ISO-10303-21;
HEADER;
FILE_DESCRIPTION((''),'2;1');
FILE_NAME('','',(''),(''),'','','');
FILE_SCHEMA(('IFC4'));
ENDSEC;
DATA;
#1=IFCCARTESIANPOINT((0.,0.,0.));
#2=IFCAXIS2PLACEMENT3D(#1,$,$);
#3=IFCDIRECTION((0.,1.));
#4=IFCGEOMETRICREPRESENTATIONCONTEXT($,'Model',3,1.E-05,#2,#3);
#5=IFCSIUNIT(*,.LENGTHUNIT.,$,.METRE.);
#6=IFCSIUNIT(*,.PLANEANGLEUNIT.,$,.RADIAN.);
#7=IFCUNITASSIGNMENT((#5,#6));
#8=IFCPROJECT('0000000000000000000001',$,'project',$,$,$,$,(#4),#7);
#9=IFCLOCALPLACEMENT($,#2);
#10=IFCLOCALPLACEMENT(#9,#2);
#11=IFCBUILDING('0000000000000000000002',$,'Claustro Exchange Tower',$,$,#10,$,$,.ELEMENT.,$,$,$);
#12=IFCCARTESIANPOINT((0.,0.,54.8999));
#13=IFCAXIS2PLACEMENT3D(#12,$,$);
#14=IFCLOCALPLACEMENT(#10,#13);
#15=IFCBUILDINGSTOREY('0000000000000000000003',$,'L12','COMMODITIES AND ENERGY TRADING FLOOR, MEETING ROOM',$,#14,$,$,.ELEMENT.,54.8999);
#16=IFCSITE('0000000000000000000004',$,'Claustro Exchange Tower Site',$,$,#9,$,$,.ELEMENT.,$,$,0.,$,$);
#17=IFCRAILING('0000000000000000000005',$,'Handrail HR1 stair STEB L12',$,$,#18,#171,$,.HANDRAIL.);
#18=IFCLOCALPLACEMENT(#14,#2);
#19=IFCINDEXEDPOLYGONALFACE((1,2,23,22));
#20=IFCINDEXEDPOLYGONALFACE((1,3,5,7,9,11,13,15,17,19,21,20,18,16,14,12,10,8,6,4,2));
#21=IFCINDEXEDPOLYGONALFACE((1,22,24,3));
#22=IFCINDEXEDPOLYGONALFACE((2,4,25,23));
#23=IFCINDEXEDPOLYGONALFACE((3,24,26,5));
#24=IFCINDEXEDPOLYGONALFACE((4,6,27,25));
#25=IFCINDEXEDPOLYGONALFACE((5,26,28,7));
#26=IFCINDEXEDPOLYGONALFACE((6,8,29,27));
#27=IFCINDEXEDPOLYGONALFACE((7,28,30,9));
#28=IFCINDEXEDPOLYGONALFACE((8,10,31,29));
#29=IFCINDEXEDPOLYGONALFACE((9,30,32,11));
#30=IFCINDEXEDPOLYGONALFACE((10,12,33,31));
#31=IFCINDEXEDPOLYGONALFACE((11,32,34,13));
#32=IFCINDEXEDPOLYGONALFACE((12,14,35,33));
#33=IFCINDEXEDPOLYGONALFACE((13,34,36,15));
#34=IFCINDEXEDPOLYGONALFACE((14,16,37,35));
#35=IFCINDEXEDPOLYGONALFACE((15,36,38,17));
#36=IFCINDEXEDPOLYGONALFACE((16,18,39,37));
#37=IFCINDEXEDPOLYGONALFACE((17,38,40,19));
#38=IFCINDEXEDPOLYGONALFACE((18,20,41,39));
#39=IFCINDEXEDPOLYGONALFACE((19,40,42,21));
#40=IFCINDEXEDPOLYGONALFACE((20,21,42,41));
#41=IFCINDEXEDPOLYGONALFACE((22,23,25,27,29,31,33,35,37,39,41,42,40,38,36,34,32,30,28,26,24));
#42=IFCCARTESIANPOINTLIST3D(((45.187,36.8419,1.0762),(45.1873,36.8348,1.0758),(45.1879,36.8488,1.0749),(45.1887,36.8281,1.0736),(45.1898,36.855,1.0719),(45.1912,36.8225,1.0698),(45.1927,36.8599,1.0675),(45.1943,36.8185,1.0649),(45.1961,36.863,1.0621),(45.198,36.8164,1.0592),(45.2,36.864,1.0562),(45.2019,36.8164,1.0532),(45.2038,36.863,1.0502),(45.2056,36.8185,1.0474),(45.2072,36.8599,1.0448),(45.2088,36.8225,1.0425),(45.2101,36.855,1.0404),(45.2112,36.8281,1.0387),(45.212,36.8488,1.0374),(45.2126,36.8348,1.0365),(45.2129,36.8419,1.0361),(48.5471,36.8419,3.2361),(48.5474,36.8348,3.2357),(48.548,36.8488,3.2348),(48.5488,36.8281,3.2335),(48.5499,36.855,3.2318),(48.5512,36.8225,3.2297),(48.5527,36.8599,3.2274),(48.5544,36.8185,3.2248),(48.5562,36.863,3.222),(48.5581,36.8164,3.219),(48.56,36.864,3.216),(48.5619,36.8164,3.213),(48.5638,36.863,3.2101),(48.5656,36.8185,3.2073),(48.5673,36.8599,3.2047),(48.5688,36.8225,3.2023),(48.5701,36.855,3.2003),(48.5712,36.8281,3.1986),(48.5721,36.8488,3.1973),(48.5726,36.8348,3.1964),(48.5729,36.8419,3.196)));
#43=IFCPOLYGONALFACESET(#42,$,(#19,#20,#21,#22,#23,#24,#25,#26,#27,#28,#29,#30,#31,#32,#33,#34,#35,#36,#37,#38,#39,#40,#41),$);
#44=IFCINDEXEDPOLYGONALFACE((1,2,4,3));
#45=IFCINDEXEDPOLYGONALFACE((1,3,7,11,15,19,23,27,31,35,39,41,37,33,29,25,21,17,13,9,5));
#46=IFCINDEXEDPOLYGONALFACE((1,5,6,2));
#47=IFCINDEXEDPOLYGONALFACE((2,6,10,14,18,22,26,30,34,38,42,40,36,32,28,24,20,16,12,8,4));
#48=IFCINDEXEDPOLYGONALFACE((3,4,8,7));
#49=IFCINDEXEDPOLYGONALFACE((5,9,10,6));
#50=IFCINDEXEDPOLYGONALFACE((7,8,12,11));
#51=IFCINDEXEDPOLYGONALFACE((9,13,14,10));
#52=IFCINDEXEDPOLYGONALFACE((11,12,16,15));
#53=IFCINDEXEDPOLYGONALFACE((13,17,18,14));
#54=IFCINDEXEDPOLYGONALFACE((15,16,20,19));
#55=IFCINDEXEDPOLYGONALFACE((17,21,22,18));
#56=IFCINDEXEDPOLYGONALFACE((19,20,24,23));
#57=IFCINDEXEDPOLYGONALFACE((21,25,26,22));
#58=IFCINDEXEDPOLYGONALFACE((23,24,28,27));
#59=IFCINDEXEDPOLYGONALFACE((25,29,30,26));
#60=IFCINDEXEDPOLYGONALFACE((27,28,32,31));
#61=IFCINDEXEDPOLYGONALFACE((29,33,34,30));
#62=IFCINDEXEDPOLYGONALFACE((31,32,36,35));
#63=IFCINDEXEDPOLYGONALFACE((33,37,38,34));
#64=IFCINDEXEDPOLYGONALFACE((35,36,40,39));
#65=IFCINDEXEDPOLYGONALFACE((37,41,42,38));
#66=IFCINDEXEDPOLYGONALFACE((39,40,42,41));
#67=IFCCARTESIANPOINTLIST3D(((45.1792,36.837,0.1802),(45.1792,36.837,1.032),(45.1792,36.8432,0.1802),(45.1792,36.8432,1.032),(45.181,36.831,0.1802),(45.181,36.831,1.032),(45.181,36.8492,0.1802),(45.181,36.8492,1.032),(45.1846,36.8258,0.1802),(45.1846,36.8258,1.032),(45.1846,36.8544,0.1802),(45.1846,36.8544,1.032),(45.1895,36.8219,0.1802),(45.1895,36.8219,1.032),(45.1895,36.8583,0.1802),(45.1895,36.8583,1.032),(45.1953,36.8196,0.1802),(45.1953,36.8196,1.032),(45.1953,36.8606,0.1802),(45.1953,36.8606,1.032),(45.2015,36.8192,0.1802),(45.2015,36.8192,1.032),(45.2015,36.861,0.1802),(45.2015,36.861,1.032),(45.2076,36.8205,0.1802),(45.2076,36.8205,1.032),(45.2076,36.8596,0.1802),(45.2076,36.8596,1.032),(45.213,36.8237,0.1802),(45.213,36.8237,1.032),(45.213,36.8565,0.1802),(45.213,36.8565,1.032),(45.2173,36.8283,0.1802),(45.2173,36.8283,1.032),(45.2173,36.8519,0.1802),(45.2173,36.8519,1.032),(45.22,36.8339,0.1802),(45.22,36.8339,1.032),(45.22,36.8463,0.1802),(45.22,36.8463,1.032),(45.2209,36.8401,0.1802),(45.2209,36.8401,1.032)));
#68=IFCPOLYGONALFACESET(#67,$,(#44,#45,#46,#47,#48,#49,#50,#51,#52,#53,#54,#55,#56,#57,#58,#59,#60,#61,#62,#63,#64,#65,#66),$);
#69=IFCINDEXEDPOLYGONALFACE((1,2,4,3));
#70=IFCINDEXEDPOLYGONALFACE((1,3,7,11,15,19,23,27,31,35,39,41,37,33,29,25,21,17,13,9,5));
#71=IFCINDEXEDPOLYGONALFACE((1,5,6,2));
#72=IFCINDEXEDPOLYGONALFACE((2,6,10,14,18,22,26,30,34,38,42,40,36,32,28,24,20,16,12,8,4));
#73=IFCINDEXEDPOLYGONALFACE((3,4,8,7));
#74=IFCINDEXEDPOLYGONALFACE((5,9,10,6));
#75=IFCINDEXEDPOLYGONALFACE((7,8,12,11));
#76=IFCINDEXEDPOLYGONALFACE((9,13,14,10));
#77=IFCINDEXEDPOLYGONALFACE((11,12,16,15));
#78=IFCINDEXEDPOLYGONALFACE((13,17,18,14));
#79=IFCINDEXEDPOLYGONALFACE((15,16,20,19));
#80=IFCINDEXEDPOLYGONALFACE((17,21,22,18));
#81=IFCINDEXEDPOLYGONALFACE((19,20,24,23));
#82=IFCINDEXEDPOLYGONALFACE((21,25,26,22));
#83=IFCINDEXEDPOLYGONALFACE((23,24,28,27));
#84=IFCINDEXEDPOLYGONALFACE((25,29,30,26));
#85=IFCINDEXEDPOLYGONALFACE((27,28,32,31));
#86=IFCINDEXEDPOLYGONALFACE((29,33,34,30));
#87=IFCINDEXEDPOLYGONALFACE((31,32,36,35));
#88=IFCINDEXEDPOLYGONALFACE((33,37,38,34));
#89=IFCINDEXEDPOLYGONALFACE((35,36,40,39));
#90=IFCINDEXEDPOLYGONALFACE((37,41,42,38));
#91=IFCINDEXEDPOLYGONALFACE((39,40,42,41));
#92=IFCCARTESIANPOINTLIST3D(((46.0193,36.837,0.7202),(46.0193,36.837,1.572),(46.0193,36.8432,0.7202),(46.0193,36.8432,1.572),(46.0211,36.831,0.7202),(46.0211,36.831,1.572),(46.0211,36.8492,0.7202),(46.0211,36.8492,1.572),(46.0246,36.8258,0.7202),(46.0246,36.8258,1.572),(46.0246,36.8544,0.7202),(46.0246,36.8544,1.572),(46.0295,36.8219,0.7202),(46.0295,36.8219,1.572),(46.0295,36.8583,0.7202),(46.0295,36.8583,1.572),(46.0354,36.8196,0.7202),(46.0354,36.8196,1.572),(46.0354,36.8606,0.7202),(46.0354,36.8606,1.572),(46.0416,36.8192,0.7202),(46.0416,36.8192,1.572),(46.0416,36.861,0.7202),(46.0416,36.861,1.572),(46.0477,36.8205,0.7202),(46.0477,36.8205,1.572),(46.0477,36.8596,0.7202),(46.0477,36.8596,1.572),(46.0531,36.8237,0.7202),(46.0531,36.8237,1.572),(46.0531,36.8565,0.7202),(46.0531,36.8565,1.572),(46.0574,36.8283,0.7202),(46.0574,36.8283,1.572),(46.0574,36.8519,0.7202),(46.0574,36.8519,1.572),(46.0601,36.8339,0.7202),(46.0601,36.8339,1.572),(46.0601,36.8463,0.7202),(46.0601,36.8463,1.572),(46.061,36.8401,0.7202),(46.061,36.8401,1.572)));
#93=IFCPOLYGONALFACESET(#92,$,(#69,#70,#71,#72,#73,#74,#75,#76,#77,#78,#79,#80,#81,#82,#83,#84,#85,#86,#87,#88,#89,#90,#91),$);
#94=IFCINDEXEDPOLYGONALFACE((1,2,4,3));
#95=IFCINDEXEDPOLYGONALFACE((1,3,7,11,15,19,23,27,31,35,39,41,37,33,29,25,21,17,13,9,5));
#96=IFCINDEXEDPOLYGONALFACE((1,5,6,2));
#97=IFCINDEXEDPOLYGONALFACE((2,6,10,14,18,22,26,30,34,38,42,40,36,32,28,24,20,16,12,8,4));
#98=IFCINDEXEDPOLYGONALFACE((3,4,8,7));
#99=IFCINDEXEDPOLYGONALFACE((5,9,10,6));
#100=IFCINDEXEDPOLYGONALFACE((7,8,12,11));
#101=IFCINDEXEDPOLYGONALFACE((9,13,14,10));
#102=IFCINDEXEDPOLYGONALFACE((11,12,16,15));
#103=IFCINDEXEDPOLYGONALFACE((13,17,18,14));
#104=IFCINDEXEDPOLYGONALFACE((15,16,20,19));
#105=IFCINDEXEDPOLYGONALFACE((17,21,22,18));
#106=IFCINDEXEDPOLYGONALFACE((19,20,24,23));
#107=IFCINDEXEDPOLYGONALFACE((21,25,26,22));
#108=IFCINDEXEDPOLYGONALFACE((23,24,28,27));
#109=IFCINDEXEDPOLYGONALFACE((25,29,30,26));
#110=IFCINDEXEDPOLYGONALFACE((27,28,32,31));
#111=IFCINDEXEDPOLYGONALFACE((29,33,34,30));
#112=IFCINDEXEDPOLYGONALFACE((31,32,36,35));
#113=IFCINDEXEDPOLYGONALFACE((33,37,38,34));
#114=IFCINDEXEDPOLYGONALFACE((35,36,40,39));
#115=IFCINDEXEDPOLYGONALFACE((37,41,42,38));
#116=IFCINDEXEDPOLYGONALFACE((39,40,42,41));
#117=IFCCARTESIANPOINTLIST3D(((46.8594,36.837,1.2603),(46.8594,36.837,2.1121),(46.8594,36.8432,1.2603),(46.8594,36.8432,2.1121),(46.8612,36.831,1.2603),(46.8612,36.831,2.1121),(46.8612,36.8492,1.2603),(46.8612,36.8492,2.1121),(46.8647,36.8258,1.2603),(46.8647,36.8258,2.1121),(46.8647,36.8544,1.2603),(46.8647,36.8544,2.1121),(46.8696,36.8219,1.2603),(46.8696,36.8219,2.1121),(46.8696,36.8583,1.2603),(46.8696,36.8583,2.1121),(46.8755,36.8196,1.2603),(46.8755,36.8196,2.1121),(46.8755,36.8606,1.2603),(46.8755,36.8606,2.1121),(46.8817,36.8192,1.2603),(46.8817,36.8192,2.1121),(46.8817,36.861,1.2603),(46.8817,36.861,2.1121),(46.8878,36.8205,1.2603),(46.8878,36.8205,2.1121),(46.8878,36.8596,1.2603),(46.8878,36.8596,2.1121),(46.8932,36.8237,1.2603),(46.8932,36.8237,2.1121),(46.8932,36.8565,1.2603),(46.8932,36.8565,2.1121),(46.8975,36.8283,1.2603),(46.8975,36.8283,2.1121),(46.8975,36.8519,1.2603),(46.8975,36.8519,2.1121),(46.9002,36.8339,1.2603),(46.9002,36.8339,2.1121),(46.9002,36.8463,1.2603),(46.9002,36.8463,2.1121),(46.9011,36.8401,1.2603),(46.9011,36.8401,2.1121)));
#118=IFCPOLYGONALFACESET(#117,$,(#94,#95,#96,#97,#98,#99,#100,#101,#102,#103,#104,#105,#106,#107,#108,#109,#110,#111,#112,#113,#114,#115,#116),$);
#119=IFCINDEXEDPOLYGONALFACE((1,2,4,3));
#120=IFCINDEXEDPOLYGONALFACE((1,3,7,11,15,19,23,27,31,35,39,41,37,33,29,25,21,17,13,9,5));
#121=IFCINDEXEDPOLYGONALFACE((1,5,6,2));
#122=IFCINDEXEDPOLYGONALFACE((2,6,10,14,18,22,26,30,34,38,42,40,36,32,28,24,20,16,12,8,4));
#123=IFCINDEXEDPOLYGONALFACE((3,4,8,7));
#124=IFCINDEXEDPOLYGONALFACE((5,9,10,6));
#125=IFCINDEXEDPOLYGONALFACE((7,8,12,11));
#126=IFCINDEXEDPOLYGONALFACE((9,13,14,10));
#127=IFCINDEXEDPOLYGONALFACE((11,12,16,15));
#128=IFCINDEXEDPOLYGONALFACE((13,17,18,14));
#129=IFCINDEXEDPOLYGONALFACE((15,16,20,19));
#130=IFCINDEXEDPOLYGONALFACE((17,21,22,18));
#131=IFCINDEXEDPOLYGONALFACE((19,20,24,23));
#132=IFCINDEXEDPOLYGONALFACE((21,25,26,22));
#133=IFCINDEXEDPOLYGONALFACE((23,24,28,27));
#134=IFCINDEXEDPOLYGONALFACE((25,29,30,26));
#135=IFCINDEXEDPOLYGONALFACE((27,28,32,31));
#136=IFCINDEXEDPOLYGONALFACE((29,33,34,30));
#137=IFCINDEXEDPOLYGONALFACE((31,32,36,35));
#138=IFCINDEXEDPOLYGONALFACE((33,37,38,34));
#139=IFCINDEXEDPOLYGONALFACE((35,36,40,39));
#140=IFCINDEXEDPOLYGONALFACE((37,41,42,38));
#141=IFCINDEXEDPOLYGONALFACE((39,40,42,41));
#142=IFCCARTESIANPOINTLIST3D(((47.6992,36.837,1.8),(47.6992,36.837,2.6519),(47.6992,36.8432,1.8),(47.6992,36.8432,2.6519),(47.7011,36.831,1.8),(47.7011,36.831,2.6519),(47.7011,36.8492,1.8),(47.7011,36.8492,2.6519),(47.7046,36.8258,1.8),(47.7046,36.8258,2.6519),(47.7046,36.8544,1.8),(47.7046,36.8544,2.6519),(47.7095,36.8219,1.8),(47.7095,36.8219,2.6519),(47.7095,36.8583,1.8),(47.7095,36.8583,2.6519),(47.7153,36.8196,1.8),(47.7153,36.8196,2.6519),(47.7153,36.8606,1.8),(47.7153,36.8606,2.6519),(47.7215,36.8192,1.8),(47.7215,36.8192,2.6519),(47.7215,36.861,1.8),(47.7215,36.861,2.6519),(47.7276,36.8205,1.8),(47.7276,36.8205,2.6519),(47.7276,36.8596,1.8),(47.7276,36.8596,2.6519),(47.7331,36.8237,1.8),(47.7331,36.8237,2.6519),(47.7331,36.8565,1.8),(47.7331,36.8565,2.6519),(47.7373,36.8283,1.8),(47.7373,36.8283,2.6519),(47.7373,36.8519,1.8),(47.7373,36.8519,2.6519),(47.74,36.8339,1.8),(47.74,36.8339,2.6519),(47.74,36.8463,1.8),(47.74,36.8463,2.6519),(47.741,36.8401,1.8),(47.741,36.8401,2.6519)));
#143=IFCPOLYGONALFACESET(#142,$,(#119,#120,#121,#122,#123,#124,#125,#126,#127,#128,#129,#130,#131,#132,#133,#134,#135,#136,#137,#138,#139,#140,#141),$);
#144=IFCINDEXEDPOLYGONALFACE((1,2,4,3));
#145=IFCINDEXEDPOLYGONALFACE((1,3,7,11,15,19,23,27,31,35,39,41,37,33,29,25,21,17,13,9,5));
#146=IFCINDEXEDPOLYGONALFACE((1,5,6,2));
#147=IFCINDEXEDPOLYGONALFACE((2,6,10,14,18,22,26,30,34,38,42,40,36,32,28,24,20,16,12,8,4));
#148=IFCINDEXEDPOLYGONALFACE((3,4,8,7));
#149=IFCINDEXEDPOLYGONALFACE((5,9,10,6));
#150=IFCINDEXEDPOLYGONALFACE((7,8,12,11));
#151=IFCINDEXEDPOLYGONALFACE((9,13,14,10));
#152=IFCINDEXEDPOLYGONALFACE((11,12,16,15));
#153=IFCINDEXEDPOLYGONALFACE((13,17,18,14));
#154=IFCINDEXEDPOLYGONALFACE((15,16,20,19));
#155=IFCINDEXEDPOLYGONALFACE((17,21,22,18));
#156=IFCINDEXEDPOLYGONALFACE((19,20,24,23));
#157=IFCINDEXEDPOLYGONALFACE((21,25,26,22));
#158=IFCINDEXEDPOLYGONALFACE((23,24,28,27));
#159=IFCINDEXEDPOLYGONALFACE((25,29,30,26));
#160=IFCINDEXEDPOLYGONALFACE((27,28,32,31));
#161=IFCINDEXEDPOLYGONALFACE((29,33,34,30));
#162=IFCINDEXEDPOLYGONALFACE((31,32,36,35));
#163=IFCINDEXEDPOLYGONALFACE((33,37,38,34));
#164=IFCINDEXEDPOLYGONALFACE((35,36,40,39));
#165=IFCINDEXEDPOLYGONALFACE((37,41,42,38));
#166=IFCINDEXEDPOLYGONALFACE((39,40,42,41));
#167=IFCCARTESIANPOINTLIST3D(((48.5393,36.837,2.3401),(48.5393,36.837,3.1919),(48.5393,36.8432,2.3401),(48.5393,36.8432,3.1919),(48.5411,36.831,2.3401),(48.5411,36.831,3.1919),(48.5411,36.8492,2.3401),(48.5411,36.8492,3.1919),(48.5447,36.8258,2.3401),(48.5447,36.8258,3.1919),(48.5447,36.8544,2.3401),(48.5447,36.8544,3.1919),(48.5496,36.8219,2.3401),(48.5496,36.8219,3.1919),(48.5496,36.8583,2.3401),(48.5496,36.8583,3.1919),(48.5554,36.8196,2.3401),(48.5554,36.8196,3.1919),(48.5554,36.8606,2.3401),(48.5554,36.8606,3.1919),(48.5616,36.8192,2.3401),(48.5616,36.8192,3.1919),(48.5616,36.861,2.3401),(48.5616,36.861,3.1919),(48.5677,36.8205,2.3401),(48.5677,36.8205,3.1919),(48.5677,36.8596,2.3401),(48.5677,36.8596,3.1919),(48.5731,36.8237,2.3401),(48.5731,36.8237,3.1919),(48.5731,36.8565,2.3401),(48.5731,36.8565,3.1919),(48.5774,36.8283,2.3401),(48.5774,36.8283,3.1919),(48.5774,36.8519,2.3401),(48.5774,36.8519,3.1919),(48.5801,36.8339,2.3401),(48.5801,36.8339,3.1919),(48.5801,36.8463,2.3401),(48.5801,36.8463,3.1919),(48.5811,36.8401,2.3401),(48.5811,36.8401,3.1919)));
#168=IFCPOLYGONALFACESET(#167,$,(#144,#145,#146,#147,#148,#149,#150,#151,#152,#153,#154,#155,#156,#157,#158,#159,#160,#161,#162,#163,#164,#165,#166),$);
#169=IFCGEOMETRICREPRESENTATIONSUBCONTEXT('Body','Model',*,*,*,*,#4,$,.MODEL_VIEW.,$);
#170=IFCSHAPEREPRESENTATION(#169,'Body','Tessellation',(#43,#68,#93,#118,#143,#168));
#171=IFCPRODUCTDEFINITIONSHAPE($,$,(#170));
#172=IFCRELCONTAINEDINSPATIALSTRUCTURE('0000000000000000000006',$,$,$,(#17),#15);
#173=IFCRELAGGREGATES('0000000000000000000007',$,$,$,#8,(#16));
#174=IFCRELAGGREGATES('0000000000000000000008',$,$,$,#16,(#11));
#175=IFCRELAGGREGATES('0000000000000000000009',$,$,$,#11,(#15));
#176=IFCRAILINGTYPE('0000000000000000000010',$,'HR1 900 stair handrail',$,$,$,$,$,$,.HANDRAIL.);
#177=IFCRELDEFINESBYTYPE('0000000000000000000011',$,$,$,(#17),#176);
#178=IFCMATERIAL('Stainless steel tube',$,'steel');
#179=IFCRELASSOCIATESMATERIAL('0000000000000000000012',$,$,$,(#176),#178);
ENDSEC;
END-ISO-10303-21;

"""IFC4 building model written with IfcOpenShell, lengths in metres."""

from ifc_helpers import new_model, si_unit, direction, frame, origin, origin_2d, place, context, subcontext, project, spatial, circle, extrude, material, type_object, element, save


model = new_model("IFC4")

# Units and contexts
model_context = context("Model", 3, precision=1e-05, world=origin(), true_north=direction((0.0, 1.0)))
body_context = subcontext(model_context, "Body", "Model", "MODEL_VIEW")
ifc_project = project(units=[si_unit("LENGTHUNIT", "METRE"), si_unit("PLANEANGLEUNIT", "RADIAN")], contexts=[model_context])

# Site, building, storey
site_placement = place(None, origin())
site = spatial("IfcSite", under=ifc_project, at=site_placement, Name="Claustro Exchange Tower Site", CompositionType="ELEMENT", RefElevation=0.0)
building_placement = place(site_placement, origin())
building = spatial("IfcBuilding", under=site, at=building_placement, Name="Claustro Exchange Tower", CompositionType="ELEMENT")
storey_placement = place(building_placement, frame((0.0, 0.0, 54.8999)))
storey = spatial("IfcBuildingStorey", under=building, at=storey_placement, Name="L12", Description="COMMODITIES AND ENERGY TRADING FLOOR, MEETING ROOM", CompositionType="ELEMENT", Elevation=54.8999)

# Railing
ifc_material_1 = material(Name="Stainless steel tube", Category="steel")
railing_type_1 = type_object("IfcRailingType", Name="HR1 900 stair handrail", PredefinedType="HANDRAIL", material=ifc_material_1)
railing_1_placement = place(storey_placement, frame((45.2, 36.8401, 0.1802)))
element("IfcRailing", 1, at=railing_1_placement, inside=storey, type_object=railing_type_1, Name="Handrail HR1 stair STEB L12", PredefinedType="HANDRAIL", context=body_context, shape_type="SweptSolid", body=[
    extrude(circle(Radius=0.0239, at=origin_2d()), frame((0.0, 0.0, 0.876), z_axis=(0.841196, 0.0, 0.54073), x_axis=(0.0, 1.0, 0.0)), (0.0, 0.0, 1.0), 3.9944),
    extrude(circle(Radius=0.021, at=origin_2d()), origin(), (0.0, 0.0, 1.0), 0.8518),
    extrude(circle(Radius=0.021, at=origin_2d()), frame((0.8401, 0.0, 0.54)), (0.0, 0.0, 1.0), 0.8518),
    extrude(circle(Radius=0.021, at=origin_2d()), frame((1.6802, 0.0, 1.0801)), (0.0, 0.0, 1.0), 0.8518),
    extrude(circle(Radius=0.021, at=origin_2d()), frame((2.52, 0.0, 1.6199)), (0.0, 0.0, 1.0), 0.8518),
    extrude(circle(Radius=0.021, at=origin_2d()), frame((3.3601, 0.0, 2.1599)), (0.0, 0.0, 1.0), 0.8518),
])

save(model, "model.ifc")
